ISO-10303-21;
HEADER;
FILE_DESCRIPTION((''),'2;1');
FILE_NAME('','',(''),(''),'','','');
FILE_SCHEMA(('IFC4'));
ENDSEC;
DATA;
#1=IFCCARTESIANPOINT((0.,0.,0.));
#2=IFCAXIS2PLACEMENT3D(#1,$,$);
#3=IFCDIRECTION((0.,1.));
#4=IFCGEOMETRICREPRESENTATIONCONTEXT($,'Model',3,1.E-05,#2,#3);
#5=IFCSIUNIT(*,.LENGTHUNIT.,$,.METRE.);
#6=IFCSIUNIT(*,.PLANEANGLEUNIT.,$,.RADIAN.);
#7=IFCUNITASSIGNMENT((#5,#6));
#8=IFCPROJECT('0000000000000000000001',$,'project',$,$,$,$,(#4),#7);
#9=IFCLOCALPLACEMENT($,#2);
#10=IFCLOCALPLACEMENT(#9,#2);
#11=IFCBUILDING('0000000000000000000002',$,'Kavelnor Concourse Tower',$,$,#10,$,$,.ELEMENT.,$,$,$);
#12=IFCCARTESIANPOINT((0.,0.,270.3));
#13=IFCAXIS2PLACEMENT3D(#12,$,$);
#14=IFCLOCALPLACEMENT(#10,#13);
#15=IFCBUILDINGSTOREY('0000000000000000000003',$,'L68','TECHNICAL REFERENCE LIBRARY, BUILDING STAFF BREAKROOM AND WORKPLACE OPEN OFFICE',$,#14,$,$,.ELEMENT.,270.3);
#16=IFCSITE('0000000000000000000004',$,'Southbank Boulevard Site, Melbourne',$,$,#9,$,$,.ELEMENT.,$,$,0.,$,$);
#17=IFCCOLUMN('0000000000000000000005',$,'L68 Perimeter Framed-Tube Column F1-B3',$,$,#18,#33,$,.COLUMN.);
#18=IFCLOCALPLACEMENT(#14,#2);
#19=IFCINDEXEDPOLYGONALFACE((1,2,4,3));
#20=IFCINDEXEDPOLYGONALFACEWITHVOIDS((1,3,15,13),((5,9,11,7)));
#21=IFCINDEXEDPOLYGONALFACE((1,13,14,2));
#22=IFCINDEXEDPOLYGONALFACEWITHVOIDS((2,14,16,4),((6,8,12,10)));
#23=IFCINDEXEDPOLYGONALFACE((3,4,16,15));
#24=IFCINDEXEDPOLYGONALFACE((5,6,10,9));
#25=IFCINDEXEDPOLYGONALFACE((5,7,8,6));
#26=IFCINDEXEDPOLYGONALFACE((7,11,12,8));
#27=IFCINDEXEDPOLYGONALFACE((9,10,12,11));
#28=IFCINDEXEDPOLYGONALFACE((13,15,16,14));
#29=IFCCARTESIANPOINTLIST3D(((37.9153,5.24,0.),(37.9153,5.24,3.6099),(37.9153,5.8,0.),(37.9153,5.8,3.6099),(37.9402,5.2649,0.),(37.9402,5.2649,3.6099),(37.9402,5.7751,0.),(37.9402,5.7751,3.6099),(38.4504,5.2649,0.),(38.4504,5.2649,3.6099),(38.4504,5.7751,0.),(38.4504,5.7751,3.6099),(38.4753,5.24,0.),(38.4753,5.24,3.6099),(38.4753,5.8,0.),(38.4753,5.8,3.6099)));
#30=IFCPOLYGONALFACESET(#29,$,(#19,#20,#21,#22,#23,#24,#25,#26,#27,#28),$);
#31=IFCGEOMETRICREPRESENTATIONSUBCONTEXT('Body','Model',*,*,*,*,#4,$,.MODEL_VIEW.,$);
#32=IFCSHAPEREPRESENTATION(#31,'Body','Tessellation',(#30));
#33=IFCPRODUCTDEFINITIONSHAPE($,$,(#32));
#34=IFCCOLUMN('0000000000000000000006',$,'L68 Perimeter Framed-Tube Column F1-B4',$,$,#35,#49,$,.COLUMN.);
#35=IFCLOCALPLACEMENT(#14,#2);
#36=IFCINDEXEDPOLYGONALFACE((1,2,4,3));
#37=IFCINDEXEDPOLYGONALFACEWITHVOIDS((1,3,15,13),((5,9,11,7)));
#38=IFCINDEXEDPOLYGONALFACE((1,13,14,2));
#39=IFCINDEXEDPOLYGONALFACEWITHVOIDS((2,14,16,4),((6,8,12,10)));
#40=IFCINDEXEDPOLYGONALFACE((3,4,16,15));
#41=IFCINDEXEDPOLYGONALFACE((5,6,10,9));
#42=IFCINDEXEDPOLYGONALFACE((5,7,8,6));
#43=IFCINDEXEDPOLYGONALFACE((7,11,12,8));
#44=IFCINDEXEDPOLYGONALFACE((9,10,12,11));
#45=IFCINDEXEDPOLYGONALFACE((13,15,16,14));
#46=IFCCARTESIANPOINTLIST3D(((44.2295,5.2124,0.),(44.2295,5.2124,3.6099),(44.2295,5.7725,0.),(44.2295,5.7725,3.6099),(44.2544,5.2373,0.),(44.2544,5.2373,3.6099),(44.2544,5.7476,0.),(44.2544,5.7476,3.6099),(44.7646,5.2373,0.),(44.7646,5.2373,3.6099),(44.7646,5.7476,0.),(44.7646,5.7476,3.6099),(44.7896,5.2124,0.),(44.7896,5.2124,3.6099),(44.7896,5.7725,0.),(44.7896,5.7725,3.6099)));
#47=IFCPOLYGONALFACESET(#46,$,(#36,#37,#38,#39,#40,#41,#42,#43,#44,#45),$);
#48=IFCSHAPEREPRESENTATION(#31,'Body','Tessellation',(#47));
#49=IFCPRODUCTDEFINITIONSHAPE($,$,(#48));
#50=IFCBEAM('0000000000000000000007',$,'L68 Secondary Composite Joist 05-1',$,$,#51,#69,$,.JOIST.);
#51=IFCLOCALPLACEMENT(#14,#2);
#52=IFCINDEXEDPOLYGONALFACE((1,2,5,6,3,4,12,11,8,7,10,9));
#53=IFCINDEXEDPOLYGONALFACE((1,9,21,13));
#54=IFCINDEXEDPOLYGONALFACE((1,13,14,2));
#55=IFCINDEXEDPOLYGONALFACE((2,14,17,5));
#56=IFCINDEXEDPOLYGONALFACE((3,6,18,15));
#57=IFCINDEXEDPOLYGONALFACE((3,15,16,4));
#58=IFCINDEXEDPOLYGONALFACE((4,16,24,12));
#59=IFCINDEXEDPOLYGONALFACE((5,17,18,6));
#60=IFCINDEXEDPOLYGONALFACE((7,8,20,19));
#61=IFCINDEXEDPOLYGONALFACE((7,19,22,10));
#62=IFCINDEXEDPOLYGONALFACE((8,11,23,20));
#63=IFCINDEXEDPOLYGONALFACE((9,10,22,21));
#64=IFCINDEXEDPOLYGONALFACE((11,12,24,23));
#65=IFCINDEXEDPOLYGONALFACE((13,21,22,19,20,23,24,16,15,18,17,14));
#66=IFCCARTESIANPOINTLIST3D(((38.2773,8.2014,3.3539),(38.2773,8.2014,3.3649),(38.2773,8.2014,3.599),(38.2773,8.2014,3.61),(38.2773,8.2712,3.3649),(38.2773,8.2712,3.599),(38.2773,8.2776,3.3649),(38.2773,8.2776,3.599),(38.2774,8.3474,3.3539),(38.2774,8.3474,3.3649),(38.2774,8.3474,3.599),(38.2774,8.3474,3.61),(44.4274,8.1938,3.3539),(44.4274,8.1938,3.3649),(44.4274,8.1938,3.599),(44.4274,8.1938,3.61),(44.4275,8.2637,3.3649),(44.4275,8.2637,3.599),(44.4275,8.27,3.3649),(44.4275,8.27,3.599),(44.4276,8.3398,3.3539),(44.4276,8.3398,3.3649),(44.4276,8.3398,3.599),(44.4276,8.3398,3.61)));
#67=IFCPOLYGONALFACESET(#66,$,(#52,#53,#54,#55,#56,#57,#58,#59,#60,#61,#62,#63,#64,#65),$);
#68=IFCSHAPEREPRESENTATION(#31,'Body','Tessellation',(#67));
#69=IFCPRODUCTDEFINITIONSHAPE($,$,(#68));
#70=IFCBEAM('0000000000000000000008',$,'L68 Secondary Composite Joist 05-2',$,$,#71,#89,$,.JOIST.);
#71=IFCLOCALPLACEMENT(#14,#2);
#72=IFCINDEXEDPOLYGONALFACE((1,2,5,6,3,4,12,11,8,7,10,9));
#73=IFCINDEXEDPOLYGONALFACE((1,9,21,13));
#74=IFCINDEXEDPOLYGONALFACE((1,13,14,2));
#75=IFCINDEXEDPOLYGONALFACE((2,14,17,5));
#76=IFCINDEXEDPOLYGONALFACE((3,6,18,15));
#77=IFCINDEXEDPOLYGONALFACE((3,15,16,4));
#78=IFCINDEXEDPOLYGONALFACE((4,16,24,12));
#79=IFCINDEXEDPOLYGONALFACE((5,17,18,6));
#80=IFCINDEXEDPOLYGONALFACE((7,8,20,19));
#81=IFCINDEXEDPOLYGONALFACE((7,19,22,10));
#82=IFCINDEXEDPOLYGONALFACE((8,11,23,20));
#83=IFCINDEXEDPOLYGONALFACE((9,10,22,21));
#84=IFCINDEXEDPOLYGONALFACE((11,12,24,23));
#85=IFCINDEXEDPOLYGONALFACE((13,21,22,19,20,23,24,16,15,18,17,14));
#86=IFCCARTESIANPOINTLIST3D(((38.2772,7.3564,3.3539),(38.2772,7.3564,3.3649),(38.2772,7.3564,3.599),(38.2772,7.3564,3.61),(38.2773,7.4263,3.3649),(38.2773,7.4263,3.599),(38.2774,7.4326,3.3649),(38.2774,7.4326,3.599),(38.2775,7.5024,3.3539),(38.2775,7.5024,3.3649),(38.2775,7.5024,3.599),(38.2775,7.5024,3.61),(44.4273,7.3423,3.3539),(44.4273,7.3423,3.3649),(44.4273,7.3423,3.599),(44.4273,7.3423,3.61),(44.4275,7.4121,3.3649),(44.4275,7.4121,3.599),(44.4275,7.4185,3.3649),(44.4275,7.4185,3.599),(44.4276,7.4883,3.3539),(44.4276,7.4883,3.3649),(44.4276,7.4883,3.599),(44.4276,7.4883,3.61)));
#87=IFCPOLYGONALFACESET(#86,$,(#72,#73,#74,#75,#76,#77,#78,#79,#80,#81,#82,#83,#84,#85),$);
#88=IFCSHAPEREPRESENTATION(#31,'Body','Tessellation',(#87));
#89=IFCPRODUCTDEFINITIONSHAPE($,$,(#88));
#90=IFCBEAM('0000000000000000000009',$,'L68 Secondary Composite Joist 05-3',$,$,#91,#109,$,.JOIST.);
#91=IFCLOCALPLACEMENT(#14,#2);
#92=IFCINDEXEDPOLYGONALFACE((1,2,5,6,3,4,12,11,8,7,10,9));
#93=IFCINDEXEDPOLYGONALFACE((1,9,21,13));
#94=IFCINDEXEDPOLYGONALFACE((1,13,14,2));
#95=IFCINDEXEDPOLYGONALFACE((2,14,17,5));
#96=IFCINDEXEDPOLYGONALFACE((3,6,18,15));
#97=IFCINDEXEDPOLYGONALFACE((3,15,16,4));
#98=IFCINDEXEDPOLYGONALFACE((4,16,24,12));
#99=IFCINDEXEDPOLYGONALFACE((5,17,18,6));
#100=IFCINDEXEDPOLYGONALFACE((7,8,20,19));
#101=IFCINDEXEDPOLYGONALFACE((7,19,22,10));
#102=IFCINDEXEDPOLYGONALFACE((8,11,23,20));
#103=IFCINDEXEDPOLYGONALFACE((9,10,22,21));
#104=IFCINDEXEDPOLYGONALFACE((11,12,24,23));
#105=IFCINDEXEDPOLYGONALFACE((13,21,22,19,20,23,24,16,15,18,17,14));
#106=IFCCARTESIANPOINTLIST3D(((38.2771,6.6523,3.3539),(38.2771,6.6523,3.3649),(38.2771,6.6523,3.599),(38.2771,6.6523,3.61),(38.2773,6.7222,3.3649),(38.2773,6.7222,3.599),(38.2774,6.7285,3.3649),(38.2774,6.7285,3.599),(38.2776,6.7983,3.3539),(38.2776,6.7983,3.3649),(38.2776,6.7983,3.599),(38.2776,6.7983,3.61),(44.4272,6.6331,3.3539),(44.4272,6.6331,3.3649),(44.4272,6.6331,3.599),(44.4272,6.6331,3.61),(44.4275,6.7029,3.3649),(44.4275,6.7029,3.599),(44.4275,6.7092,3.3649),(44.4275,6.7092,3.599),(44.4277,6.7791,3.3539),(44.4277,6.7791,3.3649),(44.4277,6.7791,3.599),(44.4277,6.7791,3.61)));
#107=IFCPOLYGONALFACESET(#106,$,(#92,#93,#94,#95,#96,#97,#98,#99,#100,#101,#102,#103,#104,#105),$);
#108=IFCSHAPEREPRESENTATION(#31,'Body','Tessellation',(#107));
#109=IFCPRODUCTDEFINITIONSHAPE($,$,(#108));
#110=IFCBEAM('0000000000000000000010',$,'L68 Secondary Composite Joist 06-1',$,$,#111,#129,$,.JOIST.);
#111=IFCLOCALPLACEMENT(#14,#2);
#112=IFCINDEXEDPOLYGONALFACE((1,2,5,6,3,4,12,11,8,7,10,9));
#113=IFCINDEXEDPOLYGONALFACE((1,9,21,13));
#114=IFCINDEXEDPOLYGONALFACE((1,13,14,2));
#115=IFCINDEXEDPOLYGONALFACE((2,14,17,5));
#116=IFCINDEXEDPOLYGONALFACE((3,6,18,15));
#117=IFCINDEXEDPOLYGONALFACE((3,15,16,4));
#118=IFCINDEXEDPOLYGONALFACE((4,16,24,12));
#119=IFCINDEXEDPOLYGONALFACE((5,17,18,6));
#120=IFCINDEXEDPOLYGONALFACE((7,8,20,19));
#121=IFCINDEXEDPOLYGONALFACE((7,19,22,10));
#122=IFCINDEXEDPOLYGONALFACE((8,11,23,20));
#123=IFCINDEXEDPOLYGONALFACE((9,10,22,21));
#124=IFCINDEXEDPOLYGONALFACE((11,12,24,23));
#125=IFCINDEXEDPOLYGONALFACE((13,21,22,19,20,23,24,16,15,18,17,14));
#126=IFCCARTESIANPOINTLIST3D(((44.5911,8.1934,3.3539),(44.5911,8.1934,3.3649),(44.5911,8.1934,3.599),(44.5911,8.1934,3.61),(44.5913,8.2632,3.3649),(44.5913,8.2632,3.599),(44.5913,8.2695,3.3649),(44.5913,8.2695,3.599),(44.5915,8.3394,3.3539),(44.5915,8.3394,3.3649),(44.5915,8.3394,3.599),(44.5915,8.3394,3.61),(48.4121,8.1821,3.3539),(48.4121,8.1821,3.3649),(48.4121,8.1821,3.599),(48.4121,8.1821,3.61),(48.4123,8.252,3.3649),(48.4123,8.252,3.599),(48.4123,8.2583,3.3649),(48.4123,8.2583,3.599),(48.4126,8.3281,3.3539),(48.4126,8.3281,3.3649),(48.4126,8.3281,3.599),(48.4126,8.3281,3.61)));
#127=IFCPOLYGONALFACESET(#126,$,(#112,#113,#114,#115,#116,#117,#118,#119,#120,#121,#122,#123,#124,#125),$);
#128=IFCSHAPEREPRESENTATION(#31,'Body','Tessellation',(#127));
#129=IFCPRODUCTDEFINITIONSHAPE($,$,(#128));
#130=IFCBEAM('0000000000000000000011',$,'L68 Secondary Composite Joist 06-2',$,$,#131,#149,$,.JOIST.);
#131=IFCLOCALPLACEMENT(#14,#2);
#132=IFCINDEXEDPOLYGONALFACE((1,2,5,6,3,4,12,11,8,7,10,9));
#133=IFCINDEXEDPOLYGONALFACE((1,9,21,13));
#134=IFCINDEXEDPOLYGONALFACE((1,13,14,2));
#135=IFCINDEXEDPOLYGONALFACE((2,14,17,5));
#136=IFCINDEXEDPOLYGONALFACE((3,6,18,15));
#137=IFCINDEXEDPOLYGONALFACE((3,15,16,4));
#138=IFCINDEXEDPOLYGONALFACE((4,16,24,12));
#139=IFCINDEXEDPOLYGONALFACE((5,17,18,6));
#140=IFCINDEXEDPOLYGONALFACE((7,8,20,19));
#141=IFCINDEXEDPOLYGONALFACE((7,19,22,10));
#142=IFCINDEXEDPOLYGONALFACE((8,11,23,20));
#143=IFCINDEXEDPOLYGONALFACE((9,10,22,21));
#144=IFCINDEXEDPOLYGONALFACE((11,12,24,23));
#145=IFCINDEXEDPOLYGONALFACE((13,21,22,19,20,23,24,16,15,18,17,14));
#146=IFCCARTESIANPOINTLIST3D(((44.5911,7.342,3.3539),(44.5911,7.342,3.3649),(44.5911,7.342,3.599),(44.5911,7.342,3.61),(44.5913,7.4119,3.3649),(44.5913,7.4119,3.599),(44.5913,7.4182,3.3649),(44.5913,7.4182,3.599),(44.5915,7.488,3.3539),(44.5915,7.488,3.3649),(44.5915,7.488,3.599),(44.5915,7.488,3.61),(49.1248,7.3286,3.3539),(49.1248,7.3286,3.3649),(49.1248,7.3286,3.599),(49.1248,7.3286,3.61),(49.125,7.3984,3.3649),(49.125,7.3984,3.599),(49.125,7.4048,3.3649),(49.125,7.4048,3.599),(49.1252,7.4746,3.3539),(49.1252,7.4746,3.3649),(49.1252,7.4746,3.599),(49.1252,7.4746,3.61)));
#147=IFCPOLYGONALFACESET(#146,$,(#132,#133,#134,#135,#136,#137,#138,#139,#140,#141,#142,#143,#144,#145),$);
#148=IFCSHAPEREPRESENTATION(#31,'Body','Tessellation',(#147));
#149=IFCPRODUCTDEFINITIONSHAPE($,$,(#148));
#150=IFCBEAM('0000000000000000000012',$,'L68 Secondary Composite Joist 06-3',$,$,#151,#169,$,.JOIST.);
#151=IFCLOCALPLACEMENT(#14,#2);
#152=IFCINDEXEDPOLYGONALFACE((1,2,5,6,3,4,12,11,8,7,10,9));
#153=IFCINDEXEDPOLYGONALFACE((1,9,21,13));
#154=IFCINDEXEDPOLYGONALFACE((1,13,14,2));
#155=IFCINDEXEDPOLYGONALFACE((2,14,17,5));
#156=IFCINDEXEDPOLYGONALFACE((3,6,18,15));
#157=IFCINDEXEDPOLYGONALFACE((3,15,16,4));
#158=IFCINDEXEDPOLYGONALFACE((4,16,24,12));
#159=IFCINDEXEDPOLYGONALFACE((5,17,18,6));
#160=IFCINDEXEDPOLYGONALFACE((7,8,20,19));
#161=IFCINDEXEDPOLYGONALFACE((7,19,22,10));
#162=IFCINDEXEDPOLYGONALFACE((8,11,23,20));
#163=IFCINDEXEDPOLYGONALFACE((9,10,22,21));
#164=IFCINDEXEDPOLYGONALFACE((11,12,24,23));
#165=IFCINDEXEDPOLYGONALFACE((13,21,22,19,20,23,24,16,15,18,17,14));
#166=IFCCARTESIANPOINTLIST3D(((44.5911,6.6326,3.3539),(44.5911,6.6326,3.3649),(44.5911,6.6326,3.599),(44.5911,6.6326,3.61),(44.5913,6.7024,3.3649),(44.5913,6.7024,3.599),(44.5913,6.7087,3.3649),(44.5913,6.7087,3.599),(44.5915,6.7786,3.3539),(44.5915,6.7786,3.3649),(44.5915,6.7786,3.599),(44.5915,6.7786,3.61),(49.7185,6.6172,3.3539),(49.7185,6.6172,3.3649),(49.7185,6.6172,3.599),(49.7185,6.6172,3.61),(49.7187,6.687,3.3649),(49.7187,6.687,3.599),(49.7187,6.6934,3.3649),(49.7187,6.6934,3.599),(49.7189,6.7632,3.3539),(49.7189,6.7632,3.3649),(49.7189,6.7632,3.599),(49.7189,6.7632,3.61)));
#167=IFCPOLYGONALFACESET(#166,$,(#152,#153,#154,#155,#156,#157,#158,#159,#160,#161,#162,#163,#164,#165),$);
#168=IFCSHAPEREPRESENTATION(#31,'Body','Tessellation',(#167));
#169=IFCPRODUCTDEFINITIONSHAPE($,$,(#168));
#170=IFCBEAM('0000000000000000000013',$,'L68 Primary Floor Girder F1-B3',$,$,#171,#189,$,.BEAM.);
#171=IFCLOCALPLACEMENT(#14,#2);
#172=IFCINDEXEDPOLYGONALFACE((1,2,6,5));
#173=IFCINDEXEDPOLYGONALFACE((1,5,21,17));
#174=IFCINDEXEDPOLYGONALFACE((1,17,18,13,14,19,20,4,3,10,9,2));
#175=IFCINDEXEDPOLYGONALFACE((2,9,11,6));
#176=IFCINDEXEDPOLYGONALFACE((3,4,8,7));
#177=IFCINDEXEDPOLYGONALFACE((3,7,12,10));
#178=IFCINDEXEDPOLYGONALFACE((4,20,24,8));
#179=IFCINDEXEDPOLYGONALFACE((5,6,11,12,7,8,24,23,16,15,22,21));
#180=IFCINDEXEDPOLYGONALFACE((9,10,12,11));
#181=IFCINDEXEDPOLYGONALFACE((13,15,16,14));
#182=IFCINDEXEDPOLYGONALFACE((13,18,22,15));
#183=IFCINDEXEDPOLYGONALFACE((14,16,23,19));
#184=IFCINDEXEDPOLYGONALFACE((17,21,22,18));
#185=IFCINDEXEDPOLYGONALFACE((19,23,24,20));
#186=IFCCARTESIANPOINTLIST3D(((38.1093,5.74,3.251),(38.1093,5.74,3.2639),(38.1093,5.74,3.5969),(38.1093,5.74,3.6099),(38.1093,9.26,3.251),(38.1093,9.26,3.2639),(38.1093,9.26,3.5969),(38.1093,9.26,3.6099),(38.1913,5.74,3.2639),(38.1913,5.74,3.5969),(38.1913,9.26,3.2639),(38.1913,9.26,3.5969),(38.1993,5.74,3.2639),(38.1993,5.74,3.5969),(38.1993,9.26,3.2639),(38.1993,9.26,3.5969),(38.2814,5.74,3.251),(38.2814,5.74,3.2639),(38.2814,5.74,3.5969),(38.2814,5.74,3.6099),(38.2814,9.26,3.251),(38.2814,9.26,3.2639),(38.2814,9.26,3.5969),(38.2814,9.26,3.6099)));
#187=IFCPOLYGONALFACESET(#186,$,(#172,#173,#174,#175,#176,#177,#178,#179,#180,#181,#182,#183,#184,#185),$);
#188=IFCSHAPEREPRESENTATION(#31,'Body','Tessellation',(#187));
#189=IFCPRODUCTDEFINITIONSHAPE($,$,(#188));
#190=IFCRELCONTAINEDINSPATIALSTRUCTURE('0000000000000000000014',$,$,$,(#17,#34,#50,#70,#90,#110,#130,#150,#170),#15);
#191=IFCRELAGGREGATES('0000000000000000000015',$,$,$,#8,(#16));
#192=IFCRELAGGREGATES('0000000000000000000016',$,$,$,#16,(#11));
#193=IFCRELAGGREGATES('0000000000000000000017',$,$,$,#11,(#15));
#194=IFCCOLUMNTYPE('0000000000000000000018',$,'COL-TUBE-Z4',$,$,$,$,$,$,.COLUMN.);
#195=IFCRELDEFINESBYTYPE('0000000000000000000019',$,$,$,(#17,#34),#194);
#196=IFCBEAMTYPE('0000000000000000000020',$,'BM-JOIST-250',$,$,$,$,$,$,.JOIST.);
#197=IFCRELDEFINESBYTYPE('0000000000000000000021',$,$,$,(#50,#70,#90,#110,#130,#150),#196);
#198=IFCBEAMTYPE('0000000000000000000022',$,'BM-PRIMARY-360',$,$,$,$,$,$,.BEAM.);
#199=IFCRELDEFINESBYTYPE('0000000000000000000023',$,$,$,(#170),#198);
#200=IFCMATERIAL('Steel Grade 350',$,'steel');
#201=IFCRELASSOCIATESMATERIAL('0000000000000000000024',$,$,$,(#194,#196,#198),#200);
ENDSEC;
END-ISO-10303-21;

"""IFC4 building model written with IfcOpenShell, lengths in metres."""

from ifc_helpers import new_model, si_unit, direction, frame, origin, origin_2d, place, context, subcontext, project, spatial, hollow_rectangle, i_section, extrude, material, material_profile, profile_set, type_object, element, save


model = new_model("IFC4")

# Units and contexts
model_context = context("Model", 3, precision=1e-05, world=origin(), true_north=direction((0.0, 1.0)))
body_context = subcontext(model_context, "Body", "Model", "MODEL_VIEW")
ifc_project = project(units=[si_unit("LENGTHUNIT", "METRE"), si_unit("PLANEANGLEUNIT", "RADIAN")], contexts=[model_context])

# Site, building, storey
site_placement = place(None, origin())
site = spatial("IfcSite", under=ifc_project, at=site_placement, Name="Southbank Boulevard Site, Melbourne", CompositionType="ELEMENT", RefElevation=0.0)
building_placement = place(site_placement, origin())
building = spatial("IfcBuilding", under=site, at=building_placement, Name="Kavelnor Concourse Tower", CompositionType="ELEMENT")
storey_placement = place(building_placement, frame((0.0, 0.0, 270.3)))
storey = spatial("IfcBuildingStorey", under=building, at=storey_placement, Name="L68", Description="TECHNICAL REFERENCE LIBRARY, BUILDING STAFF BREAKROOM AND WORKPLACE OPEN OFFICE", CompositionType="ELEMENT", Elevation=270.3)

# Columns
ifc_material_1 = material(Name="Steel Grade 350", Category="steel")
ifc_material_profile_1 = material_profile(ifc_material_1, hollow_rectangle(XDim=0.5601, YDim=0.5601, WallThickness=0.0249, at=origin_2d()), Name="SHS 560x560x25")
ifc_profile_set_1 = profile_set([ifc_material_profile_1], Name="Steel Grade 350")
column_type = type_object("IfcColumnType", Name="COL-TUBE-Z4", PredefinedType="COLUMN", material=ifc_profile_set_1)
for number, where, z_axis, x_axis, name in (
    (1, (38.1953, 5.52, 0.0), (0.0, 0.0, 1.0), (1.0, 0.0, 0.0), "L68 Perimeter Framed-Tube Column F1-B3"),
    (2, (44.5095, 5.4924, 0.0), (0.0, 0.0, 1.0), (1.0, 0.0, 0.0), "L68 Perimeter Framed-Tube Column F1-B4"),
):
    element("IfcColumn", number, at=place(storey_placement, frame(where, z_axis=z_axis, x_axis=x_axis)), inside=storey, type_object=column_type, Name=name, PredefinedType="COLUMN", context=body_context, shape_type="SweptSolid", body=[
        extrude(hollow_rectangle(XDim=0.5601, YDim=0.5601, WallThickness=0.0249, at=origin_2d()), origin(), (0.0, 0.0, 1.0), 3.6099),
    ])

# Beams
ifc_material_profile_2 = material_profile(ifc_material_1, i_section(OverallWidth=0.146, OverallDepth=0.2561, WebThickness=0.0063, FlangeThickness=0.011, at=origin_2d()), Name="250UB37")
ifc_profile_set_2 = profile_set([ifc_material_profile_2], Name="Steel Grade 350")
beam_type_1 = type_object("IfcBeamType", Name="BM-JOIST-250", PredefinedType="JOIST", material=ifc_profile_set_2)
for number, where, z_axis, x_axis, name in (
    (3, (38.2773, 8.2744, 3.4819), (0.999999, -0.001231, 0.0), (0.001231, 0.999999, 0.0), "L68 Secondary Composite Joist 05-1"),
    (4, (38.2773, 7.4294, 3.4819), (0.999997, -0.002302, 0.0), (0.002302, 0.999997, 0.0), "L68 Secondary Composite Joist 05-2"),
    (5, (38.2773, 6.7253, 3.4819), (0.999995, -0.003136, 0.0), (0.003136, 0.999995, 0.0), "L68 Secondary Composite Joist 05-3"),
):
    element("IfcBeam", number, at=place(storey_placement, frame(where, z_axis=z_axis, x_axis=x_axis)), inside=storey, type_object=beam_type_1, Name=name, PredefinedType="JOIST", context=body_context, shape_type="SweptSolid", body=[
        extrude(i_section(OverallWidth=0.146, OverallDepth=0.2561, WebThickness=0.0063, FlangeThickness=0.011, at=origin_2d()), origin(), (0.0, 0.0, 1.0), 6.1501),
    ])
beam_1_placement = place(storey_placement, frame((44.5913, 8.2664, 3.4819), z_axis=(0.999996, -0.002939, 0.0), x_axis=(0.002939, 0.999996, 0.0)))
element("IfcBeam", 6, at=beam_1_placement, inside=storey, type_object=beam_type_1, Name="L68 Secondary Composite Joist 06-1", PredefinedType="JOIST", context=body_context, shape_type="SweptSolid", body=[
    extrude(i_section(OverallWidth=0.146, OverallDepth=0.2561, WebThickness=0.0063, FlangeThickness=0.011, at=origin_2d()), origin(), (0.0, 0.0, 1.0), 3.821),
])
beam_2_placement = place(storey_placement, frame((44.5913, 7.415, 3.4819), z_axis=(0.999996, -0.002962, 0.0), x_axis=(0.002962, 0.999996, 0.0)))
element("IfcBeam", 7, at=beam_2_placement, inside=storey, type_object=beam_type_1, Name="L68 Secondary Composite Joist 06-2", PredefinedType="JOIST", context=body_context, shape_type="SweptSolid", body=[
    extrude(i_section(OverallWidth=0.146, OverallDepth=0.2561, WebThickness=0.0063, FlangeThickness=0.011, at=origin_2d()), origin(), (0.0, 0.0, 1.0), 4.5337),
])
beam_3_placement = place(storey_placement, frame((44.5913, 6.7056, 3.4819), z_axis=(0.999996, -0.003, 0.0), x_axis=(0.003, 0.999996, 0.0)))
element("IfcBeam", 8, at=beam_3_placement, inside=storey, type_object=beam_type_1, Name="L68 Secondary Composite Joist 06-3", PredefinedType="JOIST", context=body_context, shape_type="SweptSolid", body=[
    extrude(i_section(OverallWidth=0.146, OverallDepth=0.2561, WebThickness=0.0063, FlangeThickness=0.011, at=origin_2d()), origin(), (0.0, 0.0, 1.0), 5.1274),
])
ifc_material_profile_3 = material_profile(ifc_material_1, i_section(OverallWidth=0.1721, OverallDepth=0.3589, WebThickness=0.0081, FlangeThickness=0.0129, at=origin_2d()), Name="360UB56")
ifc_profile_set_3 = profile_set([ifc_material_profile_3], Name="Steel Grade 350")
beam_type_2 = type_object("IfcBeamType", Name="BM-PRIMARY-360", PredefinedType="BEAM", material=ifc_profile_set_3)
beam_4_placement = place(storey_placement, frame((38.1953, 9.26, 3.4304), z_axis=(0.0, -1.0, 0.0), x_axis=(1.0, 0.0, 0.0)))
element("IfcBeam", 9, at=beam_4_placement, inside=storey, type_object=beam_type_2, Name="L68 Primary Floor Girder F1-B3", PredefinedType="BEAM", context=body_context, shape_type="SweptSolid", body=[
    extrude(i_section(OverallWidth=0.1721, OverallDepth=0.3589, WebThickness=0.0081, FlangeThickness=0.0129, at=origin_2d()), origin(), (0.0, 0.0, 1.0), 3.52),
])

save(model, "model.ifc")
